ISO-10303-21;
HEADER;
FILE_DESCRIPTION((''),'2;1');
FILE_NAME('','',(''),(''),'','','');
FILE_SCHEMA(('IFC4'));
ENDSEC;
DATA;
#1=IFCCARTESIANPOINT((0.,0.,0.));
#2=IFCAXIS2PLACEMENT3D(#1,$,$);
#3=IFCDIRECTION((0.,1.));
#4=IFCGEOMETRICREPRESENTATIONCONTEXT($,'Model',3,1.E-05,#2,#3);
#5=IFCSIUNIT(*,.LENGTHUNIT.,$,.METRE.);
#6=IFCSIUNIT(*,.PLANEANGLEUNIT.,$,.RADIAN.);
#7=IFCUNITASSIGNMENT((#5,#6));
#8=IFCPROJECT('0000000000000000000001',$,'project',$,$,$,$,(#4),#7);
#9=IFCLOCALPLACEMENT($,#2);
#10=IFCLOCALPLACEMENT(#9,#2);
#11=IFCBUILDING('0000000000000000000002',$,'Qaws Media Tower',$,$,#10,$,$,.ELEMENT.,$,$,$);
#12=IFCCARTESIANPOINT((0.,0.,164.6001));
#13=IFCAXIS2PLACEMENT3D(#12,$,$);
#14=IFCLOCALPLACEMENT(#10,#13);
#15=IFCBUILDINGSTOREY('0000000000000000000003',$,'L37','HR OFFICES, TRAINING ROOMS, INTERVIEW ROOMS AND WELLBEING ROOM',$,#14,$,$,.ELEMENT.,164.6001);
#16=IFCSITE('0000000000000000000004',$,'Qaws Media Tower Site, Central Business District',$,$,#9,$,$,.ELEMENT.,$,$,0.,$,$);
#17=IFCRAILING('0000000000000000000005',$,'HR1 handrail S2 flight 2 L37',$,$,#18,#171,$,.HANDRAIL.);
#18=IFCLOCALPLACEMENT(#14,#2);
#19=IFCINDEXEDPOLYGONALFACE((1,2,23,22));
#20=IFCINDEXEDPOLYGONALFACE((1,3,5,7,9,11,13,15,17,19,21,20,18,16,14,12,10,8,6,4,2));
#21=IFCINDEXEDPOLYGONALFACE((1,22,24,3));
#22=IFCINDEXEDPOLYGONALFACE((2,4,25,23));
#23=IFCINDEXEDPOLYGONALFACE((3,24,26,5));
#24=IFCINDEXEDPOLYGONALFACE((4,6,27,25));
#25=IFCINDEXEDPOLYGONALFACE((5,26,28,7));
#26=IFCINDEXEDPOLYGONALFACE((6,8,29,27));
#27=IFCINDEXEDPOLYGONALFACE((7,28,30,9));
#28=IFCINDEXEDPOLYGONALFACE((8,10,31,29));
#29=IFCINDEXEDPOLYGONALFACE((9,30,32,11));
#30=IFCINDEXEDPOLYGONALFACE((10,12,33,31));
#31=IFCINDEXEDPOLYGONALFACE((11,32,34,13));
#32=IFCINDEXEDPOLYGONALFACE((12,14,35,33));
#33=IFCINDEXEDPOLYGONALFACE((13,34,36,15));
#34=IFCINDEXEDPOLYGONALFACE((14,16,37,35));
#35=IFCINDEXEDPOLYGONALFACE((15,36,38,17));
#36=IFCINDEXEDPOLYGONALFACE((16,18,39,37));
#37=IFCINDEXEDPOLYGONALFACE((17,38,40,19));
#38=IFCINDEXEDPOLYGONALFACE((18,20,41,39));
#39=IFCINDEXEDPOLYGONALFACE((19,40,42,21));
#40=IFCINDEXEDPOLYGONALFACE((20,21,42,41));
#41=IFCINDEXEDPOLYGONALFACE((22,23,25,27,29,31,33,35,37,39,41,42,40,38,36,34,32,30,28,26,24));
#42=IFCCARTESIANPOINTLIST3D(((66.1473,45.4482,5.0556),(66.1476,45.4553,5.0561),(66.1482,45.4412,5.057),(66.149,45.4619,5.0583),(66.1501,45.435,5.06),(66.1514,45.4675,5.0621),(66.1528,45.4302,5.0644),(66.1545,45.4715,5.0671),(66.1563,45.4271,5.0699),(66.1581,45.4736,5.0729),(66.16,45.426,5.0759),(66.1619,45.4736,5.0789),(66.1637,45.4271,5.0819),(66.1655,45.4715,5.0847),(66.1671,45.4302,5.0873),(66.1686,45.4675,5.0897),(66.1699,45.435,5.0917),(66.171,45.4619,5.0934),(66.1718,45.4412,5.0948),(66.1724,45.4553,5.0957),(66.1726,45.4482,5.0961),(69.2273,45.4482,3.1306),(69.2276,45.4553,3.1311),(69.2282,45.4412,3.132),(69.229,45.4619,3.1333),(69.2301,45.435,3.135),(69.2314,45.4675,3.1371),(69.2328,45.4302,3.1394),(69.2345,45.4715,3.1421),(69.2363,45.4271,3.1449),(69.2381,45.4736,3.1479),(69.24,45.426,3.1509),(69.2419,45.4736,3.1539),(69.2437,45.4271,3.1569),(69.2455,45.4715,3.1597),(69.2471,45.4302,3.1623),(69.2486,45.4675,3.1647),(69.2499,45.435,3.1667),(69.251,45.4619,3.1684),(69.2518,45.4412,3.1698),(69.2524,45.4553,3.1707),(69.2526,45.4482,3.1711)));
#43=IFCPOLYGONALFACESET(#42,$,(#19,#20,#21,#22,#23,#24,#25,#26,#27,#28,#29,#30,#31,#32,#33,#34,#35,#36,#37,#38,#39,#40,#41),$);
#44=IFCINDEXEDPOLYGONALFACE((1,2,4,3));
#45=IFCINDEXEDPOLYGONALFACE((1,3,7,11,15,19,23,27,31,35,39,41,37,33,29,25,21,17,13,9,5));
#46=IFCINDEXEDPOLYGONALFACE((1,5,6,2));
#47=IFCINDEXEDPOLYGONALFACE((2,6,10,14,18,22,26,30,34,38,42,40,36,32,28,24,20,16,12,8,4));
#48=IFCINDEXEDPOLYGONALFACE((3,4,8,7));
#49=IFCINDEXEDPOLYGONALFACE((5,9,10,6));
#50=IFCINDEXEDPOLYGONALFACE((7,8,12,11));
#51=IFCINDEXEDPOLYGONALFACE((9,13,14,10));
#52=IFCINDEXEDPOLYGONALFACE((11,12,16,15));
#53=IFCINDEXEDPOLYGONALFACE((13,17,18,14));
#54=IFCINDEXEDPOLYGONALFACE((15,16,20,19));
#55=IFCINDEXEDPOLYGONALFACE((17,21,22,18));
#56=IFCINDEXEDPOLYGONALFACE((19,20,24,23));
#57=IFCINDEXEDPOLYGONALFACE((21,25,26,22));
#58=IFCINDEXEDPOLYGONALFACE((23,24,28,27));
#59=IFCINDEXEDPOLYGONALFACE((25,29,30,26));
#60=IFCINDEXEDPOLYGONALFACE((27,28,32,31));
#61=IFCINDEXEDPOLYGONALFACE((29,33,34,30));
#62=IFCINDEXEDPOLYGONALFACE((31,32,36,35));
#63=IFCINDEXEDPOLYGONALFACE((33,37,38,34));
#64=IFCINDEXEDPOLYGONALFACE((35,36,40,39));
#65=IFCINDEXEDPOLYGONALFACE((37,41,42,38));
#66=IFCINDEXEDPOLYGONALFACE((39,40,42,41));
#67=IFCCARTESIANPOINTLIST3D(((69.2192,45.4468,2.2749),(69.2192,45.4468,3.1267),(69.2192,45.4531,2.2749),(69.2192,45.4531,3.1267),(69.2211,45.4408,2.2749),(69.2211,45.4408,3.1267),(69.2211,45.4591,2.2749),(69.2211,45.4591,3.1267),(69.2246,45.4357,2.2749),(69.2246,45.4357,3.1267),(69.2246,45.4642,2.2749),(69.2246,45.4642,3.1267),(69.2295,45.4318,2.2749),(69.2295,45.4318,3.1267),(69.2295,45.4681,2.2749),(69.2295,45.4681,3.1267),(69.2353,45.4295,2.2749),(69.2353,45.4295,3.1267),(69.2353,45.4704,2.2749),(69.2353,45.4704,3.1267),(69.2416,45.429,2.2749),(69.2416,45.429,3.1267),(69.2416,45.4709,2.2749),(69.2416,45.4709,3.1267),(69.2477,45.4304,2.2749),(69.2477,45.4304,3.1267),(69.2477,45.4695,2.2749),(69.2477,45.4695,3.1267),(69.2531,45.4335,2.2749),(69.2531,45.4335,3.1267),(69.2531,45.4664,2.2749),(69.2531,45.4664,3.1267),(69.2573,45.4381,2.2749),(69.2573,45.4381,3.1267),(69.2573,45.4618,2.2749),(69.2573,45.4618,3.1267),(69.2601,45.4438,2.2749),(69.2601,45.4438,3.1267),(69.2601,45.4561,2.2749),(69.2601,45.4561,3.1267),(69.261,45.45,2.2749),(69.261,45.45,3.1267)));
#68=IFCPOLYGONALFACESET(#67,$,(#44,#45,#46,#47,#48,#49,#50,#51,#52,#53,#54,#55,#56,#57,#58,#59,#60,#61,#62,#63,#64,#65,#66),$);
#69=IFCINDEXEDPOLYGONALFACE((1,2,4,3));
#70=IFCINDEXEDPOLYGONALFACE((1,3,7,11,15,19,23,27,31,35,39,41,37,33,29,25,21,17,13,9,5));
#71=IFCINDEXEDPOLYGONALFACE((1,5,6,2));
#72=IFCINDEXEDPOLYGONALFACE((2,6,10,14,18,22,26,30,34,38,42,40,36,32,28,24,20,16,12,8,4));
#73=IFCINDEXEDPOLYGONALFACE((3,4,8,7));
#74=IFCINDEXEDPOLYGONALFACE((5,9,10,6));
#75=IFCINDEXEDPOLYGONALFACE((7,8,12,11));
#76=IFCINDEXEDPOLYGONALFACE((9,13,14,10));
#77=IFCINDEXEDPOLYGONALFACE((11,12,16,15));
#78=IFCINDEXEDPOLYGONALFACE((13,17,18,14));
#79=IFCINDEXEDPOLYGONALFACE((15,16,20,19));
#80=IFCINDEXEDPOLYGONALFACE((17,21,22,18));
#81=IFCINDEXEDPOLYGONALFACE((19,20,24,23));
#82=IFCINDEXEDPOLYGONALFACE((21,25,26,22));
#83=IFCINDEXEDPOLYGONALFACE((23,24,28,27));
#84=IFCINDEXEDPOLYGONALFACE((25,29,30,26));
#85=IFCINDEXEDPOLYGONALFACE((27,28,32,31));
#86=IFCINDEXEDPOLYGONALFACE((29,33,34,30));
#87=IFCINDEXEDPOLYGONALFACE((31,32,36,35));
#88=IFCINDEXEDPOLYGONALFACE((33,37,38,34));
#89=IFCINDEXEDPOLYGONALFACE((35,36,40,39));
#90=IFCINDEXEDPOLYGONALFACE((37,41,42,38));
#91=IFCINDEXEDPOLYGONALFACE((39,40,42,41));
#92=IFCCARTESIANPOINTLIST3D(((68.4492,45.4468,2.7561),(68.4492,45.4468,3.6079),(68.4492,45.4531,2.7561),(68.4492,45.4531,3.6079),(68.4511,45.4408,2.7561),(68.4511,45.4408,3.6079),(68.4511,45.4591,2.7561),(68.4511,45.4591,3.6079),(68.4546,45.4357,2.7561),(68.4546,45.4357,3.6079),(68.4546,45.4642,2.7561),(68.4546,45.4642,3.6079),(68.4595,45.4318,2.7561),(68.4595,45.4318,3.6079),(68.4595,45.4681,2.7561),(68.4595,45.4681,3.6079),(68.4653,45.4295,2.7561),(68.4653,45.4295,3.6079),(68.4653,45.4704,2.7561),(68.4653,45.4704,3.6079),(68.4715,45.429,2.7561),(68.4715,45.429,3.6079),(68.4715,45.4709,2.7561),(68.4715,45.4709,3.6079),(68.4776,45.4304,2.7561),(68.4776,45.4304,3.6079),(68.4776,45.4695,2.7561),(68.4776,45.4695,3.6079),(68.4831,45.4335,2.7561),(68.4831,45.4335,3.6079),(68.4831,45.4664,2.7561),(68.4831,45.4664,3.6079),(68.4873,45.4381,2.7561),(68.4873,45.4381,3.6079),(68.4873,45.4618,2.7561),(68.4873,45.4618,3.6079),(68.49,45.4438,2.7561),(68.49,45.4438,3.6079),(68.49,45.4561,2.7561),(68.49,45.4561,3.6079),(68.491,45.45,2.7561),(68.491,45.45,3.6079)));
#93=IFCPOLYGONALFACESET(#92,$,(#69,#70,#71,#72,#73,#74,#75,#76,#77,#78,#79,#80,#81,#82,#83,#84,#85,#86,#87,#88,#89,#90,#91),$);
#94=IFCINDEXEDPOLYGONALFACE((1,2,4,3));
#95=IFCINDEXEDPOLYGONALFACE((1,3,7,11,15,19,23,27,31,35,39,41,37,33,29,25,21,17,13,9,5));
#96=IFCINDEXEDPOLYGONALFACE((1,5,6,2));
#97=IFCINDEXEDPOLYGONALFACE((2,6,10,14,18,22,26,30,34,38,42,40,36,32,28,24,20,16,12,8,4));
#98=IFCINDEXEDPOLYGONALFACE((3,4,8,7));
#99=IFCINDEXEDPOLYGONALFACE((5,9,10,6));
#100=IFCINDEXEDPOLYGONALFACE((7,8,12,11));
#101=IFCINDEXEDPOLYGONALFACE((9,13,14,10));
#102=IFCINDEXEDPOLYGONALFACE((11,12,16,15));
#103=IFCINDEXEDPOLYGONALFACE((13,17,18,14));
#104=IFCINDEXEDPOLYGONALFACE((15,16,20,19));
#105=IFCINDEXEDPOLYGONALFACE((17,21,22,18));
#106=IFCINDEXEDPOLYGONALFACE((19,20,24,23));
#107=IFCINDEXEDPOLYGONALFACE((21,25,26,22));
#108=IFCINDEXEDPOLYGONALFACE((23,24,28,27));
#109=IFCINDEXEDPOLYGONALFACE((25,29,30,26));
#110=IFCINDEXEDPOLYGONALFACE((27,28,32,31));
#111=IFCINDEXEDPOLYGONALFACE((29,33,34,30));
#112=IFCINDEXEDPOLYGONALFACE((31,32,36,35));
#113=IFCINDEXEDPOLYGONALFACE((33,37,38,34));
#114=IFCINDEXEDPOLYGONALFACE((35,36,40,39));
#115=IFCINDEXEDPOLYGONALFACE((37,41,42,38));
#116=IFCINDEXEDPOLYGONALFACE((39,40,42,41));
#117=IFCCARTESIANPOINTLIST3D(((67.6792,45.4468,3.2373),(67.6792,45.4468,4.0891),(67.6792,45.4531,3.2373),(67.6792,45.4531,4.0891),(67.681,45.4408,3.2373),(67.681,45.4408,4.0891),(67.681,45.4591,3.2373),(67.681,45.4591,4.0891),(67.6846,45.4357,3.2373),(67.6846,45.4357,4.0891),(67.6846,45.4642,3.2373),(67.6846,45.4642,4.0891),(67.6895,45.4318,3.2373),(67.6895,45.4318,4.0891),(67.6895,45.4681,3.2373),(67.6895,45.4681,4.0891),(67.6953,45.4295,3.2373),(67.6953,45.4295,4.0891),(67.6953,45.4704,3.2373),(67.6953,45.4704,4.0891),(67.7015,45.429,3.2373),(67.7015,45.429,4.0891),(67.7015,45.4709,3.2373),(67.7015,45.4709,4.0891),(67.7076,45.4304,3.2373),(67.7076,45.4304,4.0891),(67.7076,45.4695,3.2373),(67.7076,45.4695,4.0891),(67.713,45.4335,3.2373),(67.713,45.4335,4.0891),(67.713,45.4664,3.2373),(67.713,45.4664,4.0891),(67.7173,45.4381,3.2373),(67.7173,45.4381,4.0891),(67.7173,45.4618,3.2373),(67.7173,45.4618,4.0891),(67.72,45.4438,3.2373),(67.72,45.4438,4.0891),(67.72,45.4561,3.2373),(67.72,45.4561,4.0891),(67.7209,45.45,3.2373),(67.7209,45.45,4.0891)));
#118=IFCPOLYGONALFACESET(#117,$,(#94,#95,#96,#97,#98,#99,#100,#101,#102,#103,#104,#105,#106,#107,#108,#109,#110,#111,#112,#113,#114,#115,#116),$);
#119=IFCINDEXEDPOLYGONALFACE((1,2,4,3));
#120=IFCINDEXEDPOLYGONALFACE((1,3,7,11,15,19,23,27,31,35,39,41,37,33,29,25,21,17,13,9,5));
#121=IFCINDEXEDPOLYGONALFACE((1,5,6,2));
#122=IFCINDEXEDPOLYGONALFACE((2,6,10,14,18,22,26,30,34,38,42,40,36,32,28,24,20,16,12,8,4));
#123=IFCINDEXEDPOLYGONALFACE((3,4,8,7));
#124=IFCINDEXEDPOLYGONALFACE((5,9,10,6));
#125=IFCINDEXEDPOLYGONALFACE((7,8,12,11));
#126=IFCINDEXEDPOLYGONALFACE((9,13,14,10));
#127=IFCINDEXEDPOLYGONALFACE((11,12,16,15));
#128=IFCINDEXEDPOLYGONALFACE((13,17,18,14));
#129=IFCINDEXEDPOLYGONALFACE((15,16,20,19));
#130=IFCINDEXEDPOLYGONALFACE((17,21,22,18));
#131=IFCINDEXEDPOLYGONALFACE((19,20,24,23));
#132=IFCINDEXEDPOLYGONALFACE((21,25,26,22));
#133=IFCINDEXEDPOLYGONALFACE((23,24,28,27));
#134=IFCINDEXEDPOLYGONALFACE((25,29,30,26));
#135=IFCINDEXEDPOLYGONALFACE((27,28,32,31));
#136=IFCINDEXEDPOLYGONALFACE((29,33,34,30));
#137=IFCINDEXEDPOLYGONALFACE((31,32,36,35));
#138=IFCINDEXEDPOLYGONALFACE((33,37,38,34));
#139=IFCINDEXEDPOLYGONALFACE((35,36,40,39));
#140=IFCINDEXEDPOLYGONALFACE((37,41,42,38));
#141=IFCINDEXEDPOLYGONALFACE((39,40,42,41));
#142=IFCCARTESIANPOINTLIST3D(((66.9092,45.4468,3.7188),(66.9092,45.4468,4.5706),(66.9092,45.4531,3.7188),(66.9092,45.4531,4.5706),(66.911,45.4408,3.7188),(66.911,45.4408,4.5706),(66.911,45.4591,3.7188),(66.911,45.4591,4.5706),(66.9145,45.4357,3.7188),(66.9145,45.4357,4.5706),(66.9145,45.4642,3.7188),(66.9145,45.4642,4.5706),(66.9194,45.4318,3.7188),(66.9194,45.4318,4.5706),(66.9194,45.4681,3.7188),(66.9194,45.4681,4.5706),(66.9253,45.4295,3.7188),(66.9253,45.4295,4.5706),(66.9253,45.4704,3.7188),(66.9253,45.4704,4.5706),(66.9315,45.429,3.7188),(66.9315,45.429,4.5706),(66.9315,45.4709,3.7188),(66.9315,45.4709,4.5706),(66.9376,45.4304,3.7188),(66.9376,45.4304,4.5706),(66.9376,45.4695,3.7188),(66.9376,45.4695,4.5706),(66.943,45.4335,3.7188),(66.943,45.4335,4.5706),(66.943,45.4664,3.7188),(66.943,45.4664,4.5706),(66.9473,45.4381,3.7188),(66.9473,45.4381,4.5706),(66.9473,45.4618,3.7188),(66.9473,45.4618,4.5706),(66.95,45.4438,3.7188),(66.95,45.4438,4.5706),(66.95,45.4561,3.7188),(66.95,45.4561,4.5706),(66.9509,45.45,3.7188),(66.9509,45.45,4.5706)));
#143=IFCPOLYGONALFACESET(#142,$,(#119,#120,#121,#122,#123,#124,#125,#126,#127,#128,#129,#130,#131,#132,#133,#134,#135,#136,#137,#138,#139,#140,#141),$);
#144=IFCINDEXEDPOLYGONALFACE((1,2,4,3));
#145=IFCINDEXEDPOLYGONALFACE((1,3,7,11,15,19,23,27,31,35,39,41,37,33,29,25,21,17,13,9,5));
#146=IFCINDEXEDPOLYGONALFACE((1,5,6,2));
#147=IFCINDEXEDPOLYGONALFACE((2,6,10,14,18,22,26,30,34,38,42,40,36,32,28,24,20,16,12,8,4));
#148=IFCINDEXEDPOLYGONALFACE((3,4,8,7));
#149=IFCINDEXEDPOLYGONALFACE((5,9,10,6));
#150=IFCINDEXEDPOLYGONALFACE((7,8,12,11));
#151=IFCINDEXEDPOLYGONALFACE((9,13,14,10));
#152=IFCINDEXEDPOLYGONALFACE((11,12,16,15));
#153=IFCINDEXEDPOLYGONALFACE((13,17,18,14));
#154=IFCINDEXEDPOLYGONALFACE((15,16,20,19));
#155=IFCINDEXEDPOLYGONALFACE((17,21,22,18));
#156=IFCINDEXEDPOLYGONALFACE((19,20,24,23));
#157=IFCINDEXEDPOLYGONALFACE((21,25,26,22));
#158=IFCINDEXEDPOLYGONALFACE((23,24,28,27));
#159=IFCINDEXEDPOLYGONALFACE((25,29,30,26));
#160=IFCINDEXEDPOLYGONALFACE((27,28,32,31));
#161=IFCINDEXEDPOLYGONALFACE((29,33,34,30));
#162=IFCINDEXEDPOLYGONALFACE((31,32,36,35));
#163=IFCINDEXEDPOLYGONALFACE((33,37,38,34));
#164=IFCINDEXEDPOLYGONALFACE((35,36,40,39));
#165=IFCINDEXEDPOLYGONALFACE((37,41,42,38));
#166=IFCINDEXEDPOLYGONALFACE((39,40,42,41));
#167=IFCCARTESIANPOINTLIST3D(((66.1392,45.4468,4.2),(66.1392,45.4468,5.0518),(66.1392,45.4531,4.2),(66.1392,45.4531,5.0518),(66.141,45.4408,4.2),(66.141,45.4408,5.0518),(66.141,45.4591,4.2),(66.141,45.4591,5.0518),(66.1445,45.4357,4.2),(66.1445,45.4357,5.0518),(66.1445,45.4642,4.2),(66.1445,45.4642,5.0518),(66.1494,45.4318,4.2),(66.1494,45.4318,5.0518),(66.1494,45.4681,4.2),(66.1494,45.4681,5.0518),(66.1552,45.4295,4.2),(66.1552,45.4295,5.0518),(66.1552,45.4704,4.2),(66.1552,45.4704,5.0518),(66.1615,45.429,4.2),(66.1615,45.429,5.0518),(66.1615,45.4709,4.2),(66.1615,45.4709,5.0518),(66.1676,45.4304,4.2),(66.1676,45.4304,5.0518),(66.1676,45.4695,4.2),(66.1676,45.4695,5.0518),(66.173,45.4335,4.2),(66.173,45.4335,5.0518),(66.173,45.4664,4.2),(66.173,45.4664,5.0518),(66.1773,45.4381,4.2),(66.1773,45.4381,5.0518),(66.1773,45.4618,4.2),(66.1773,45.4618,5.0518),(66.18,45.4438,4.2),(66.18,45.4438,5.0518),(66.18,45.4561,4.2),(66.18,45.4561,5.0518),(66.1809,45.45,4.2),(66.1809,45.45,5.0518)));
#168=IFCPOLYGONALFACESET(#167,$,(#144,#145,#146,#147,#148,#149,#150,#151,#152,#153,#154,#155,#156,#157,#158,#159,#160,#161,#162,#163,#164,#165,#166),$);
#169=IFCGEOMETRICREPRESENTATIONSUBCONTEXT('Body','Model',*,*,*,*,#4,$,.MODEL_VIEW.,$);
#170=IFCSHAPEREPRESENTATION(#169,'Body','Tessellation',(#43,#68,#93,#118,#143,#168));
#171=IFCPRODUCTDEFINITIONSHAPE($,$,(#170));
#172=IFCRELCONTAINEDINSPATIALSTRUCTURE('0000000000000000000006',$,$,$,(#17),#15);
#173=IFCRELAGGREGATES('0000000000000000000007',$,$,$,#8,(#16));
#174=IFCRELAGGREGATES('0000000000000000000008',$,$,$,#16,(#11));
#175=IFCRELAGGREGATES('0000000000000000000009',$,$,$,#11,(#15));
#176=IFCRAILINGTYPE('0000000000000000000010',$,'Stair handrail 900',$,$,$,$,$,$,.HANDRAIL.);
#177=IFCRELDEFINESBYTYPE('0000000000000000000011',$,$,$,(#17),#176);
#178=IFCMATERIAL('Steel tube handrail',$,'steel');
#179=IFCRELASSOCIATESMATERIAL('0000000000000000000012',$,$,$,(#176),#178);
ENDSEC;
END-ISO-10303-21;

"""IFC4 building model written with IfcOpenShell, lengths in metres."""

from ifc_helpers import new_model, si_unit, direction, frame, origin, origin_2d, place, context, subcontext, project, spatial, circle, extrude, material, type_object, element, save


model = new_model("IFC4")

# Units and contexts
model_context = context("Model", 3, precision=1e-05, world=origin(), true_north=direction((0.0, 1.0)))
body_context = subcontext(model_context, "Body", "Model", "MODEL_VIEW")
ifc_project = project(units=[si_unit("LENGTHUNIT", "METRE"), si_unit("PLANEANGLEUNIT", "RADIAN")], contexts=[model_context])

# Site, building, storey
site_placement = place(None, origin())
site = spatial("IfcSite", under=ifc_project, at=site_placement, Name="Qaws Media Tower Site, Central Business District", CompositionType="ELEMENT", RefElevation=0.0)
building_placement = place(site_placement, origin())
building = spatial("IfcBuilding", under=site, at=building_placement, Name="Qaws Media Tower", CompositionType="ELEMENT")
storey_placement = place(building_placement, frame((0.0, 0.0, 164.6001)))
storey = spatial("IfcBuildingStorey", under=building, at=storey_placement, Name="L37", Description="HR OFFICES, TRAINING ROOMS, INTERVIEW ROOMS AND WELLBEING ROOM", CompositionType="ELEMENT", Elevation=164.6001)

# Railing
ifc_material_1 = material(Name="Steel tube handrail", Category="steel")
railing_type = type_object("IfcRailingType", Name="Stair handrail 900", PredefinedType="HANDRAIL", material=ifc_material_1)
for number, where, name in (
    (1, (69.24, 45.45, 2.2749), "HR1 handrail S2 flight 2 L37"),
):
    element("IfcRailing", number, at=place(storey_placement, frame(where)), inside=storey, type_object=railing_type, Name=name, PredefinedType="HANDRAIL", context=body_context, shape_type="SweptSolid", body=[
        extrude(circle(Radius=0.0239, at=origin_2d()), frame((0.0, 0.0, 0.876), z_axis=(-0.847998, 0.0, 0.529999), x_axis=(0.0, -1.0, 0.0)), (0.0, 0.0, 1.0), 3.6321),
        extrude(circle(Radius=0.021, at=origin_2d()), origin(), (0.0, 0.0, 1.0), 0.8518),
        extrude(circle(Radius=0.021, at=origin_2d()), frame((-0.77, 0.0, 0.4812)), (0.0, 0.0, 1.0), 0.8518),
        extrude(circle(Radius=0.021, at=origin_2d()), frame((-1.54, 0.0, 0.9624)), (0.0, 0.0, 1.0), 0.8518),
        extrude(circle(Radius=0.021, at=origin_2d()), frame((-2.3101, 0.0, 1.4438)), (0.0, 0.0, 1.0), 0.8518),
        extrude(circle(Radius=0.021, at=origin_2d()), frame((-3.0801, 0.0, 1.925)), (0.0, 0.0, 1.0), 0.8518),
    ])

save(model, "model.ifc")
